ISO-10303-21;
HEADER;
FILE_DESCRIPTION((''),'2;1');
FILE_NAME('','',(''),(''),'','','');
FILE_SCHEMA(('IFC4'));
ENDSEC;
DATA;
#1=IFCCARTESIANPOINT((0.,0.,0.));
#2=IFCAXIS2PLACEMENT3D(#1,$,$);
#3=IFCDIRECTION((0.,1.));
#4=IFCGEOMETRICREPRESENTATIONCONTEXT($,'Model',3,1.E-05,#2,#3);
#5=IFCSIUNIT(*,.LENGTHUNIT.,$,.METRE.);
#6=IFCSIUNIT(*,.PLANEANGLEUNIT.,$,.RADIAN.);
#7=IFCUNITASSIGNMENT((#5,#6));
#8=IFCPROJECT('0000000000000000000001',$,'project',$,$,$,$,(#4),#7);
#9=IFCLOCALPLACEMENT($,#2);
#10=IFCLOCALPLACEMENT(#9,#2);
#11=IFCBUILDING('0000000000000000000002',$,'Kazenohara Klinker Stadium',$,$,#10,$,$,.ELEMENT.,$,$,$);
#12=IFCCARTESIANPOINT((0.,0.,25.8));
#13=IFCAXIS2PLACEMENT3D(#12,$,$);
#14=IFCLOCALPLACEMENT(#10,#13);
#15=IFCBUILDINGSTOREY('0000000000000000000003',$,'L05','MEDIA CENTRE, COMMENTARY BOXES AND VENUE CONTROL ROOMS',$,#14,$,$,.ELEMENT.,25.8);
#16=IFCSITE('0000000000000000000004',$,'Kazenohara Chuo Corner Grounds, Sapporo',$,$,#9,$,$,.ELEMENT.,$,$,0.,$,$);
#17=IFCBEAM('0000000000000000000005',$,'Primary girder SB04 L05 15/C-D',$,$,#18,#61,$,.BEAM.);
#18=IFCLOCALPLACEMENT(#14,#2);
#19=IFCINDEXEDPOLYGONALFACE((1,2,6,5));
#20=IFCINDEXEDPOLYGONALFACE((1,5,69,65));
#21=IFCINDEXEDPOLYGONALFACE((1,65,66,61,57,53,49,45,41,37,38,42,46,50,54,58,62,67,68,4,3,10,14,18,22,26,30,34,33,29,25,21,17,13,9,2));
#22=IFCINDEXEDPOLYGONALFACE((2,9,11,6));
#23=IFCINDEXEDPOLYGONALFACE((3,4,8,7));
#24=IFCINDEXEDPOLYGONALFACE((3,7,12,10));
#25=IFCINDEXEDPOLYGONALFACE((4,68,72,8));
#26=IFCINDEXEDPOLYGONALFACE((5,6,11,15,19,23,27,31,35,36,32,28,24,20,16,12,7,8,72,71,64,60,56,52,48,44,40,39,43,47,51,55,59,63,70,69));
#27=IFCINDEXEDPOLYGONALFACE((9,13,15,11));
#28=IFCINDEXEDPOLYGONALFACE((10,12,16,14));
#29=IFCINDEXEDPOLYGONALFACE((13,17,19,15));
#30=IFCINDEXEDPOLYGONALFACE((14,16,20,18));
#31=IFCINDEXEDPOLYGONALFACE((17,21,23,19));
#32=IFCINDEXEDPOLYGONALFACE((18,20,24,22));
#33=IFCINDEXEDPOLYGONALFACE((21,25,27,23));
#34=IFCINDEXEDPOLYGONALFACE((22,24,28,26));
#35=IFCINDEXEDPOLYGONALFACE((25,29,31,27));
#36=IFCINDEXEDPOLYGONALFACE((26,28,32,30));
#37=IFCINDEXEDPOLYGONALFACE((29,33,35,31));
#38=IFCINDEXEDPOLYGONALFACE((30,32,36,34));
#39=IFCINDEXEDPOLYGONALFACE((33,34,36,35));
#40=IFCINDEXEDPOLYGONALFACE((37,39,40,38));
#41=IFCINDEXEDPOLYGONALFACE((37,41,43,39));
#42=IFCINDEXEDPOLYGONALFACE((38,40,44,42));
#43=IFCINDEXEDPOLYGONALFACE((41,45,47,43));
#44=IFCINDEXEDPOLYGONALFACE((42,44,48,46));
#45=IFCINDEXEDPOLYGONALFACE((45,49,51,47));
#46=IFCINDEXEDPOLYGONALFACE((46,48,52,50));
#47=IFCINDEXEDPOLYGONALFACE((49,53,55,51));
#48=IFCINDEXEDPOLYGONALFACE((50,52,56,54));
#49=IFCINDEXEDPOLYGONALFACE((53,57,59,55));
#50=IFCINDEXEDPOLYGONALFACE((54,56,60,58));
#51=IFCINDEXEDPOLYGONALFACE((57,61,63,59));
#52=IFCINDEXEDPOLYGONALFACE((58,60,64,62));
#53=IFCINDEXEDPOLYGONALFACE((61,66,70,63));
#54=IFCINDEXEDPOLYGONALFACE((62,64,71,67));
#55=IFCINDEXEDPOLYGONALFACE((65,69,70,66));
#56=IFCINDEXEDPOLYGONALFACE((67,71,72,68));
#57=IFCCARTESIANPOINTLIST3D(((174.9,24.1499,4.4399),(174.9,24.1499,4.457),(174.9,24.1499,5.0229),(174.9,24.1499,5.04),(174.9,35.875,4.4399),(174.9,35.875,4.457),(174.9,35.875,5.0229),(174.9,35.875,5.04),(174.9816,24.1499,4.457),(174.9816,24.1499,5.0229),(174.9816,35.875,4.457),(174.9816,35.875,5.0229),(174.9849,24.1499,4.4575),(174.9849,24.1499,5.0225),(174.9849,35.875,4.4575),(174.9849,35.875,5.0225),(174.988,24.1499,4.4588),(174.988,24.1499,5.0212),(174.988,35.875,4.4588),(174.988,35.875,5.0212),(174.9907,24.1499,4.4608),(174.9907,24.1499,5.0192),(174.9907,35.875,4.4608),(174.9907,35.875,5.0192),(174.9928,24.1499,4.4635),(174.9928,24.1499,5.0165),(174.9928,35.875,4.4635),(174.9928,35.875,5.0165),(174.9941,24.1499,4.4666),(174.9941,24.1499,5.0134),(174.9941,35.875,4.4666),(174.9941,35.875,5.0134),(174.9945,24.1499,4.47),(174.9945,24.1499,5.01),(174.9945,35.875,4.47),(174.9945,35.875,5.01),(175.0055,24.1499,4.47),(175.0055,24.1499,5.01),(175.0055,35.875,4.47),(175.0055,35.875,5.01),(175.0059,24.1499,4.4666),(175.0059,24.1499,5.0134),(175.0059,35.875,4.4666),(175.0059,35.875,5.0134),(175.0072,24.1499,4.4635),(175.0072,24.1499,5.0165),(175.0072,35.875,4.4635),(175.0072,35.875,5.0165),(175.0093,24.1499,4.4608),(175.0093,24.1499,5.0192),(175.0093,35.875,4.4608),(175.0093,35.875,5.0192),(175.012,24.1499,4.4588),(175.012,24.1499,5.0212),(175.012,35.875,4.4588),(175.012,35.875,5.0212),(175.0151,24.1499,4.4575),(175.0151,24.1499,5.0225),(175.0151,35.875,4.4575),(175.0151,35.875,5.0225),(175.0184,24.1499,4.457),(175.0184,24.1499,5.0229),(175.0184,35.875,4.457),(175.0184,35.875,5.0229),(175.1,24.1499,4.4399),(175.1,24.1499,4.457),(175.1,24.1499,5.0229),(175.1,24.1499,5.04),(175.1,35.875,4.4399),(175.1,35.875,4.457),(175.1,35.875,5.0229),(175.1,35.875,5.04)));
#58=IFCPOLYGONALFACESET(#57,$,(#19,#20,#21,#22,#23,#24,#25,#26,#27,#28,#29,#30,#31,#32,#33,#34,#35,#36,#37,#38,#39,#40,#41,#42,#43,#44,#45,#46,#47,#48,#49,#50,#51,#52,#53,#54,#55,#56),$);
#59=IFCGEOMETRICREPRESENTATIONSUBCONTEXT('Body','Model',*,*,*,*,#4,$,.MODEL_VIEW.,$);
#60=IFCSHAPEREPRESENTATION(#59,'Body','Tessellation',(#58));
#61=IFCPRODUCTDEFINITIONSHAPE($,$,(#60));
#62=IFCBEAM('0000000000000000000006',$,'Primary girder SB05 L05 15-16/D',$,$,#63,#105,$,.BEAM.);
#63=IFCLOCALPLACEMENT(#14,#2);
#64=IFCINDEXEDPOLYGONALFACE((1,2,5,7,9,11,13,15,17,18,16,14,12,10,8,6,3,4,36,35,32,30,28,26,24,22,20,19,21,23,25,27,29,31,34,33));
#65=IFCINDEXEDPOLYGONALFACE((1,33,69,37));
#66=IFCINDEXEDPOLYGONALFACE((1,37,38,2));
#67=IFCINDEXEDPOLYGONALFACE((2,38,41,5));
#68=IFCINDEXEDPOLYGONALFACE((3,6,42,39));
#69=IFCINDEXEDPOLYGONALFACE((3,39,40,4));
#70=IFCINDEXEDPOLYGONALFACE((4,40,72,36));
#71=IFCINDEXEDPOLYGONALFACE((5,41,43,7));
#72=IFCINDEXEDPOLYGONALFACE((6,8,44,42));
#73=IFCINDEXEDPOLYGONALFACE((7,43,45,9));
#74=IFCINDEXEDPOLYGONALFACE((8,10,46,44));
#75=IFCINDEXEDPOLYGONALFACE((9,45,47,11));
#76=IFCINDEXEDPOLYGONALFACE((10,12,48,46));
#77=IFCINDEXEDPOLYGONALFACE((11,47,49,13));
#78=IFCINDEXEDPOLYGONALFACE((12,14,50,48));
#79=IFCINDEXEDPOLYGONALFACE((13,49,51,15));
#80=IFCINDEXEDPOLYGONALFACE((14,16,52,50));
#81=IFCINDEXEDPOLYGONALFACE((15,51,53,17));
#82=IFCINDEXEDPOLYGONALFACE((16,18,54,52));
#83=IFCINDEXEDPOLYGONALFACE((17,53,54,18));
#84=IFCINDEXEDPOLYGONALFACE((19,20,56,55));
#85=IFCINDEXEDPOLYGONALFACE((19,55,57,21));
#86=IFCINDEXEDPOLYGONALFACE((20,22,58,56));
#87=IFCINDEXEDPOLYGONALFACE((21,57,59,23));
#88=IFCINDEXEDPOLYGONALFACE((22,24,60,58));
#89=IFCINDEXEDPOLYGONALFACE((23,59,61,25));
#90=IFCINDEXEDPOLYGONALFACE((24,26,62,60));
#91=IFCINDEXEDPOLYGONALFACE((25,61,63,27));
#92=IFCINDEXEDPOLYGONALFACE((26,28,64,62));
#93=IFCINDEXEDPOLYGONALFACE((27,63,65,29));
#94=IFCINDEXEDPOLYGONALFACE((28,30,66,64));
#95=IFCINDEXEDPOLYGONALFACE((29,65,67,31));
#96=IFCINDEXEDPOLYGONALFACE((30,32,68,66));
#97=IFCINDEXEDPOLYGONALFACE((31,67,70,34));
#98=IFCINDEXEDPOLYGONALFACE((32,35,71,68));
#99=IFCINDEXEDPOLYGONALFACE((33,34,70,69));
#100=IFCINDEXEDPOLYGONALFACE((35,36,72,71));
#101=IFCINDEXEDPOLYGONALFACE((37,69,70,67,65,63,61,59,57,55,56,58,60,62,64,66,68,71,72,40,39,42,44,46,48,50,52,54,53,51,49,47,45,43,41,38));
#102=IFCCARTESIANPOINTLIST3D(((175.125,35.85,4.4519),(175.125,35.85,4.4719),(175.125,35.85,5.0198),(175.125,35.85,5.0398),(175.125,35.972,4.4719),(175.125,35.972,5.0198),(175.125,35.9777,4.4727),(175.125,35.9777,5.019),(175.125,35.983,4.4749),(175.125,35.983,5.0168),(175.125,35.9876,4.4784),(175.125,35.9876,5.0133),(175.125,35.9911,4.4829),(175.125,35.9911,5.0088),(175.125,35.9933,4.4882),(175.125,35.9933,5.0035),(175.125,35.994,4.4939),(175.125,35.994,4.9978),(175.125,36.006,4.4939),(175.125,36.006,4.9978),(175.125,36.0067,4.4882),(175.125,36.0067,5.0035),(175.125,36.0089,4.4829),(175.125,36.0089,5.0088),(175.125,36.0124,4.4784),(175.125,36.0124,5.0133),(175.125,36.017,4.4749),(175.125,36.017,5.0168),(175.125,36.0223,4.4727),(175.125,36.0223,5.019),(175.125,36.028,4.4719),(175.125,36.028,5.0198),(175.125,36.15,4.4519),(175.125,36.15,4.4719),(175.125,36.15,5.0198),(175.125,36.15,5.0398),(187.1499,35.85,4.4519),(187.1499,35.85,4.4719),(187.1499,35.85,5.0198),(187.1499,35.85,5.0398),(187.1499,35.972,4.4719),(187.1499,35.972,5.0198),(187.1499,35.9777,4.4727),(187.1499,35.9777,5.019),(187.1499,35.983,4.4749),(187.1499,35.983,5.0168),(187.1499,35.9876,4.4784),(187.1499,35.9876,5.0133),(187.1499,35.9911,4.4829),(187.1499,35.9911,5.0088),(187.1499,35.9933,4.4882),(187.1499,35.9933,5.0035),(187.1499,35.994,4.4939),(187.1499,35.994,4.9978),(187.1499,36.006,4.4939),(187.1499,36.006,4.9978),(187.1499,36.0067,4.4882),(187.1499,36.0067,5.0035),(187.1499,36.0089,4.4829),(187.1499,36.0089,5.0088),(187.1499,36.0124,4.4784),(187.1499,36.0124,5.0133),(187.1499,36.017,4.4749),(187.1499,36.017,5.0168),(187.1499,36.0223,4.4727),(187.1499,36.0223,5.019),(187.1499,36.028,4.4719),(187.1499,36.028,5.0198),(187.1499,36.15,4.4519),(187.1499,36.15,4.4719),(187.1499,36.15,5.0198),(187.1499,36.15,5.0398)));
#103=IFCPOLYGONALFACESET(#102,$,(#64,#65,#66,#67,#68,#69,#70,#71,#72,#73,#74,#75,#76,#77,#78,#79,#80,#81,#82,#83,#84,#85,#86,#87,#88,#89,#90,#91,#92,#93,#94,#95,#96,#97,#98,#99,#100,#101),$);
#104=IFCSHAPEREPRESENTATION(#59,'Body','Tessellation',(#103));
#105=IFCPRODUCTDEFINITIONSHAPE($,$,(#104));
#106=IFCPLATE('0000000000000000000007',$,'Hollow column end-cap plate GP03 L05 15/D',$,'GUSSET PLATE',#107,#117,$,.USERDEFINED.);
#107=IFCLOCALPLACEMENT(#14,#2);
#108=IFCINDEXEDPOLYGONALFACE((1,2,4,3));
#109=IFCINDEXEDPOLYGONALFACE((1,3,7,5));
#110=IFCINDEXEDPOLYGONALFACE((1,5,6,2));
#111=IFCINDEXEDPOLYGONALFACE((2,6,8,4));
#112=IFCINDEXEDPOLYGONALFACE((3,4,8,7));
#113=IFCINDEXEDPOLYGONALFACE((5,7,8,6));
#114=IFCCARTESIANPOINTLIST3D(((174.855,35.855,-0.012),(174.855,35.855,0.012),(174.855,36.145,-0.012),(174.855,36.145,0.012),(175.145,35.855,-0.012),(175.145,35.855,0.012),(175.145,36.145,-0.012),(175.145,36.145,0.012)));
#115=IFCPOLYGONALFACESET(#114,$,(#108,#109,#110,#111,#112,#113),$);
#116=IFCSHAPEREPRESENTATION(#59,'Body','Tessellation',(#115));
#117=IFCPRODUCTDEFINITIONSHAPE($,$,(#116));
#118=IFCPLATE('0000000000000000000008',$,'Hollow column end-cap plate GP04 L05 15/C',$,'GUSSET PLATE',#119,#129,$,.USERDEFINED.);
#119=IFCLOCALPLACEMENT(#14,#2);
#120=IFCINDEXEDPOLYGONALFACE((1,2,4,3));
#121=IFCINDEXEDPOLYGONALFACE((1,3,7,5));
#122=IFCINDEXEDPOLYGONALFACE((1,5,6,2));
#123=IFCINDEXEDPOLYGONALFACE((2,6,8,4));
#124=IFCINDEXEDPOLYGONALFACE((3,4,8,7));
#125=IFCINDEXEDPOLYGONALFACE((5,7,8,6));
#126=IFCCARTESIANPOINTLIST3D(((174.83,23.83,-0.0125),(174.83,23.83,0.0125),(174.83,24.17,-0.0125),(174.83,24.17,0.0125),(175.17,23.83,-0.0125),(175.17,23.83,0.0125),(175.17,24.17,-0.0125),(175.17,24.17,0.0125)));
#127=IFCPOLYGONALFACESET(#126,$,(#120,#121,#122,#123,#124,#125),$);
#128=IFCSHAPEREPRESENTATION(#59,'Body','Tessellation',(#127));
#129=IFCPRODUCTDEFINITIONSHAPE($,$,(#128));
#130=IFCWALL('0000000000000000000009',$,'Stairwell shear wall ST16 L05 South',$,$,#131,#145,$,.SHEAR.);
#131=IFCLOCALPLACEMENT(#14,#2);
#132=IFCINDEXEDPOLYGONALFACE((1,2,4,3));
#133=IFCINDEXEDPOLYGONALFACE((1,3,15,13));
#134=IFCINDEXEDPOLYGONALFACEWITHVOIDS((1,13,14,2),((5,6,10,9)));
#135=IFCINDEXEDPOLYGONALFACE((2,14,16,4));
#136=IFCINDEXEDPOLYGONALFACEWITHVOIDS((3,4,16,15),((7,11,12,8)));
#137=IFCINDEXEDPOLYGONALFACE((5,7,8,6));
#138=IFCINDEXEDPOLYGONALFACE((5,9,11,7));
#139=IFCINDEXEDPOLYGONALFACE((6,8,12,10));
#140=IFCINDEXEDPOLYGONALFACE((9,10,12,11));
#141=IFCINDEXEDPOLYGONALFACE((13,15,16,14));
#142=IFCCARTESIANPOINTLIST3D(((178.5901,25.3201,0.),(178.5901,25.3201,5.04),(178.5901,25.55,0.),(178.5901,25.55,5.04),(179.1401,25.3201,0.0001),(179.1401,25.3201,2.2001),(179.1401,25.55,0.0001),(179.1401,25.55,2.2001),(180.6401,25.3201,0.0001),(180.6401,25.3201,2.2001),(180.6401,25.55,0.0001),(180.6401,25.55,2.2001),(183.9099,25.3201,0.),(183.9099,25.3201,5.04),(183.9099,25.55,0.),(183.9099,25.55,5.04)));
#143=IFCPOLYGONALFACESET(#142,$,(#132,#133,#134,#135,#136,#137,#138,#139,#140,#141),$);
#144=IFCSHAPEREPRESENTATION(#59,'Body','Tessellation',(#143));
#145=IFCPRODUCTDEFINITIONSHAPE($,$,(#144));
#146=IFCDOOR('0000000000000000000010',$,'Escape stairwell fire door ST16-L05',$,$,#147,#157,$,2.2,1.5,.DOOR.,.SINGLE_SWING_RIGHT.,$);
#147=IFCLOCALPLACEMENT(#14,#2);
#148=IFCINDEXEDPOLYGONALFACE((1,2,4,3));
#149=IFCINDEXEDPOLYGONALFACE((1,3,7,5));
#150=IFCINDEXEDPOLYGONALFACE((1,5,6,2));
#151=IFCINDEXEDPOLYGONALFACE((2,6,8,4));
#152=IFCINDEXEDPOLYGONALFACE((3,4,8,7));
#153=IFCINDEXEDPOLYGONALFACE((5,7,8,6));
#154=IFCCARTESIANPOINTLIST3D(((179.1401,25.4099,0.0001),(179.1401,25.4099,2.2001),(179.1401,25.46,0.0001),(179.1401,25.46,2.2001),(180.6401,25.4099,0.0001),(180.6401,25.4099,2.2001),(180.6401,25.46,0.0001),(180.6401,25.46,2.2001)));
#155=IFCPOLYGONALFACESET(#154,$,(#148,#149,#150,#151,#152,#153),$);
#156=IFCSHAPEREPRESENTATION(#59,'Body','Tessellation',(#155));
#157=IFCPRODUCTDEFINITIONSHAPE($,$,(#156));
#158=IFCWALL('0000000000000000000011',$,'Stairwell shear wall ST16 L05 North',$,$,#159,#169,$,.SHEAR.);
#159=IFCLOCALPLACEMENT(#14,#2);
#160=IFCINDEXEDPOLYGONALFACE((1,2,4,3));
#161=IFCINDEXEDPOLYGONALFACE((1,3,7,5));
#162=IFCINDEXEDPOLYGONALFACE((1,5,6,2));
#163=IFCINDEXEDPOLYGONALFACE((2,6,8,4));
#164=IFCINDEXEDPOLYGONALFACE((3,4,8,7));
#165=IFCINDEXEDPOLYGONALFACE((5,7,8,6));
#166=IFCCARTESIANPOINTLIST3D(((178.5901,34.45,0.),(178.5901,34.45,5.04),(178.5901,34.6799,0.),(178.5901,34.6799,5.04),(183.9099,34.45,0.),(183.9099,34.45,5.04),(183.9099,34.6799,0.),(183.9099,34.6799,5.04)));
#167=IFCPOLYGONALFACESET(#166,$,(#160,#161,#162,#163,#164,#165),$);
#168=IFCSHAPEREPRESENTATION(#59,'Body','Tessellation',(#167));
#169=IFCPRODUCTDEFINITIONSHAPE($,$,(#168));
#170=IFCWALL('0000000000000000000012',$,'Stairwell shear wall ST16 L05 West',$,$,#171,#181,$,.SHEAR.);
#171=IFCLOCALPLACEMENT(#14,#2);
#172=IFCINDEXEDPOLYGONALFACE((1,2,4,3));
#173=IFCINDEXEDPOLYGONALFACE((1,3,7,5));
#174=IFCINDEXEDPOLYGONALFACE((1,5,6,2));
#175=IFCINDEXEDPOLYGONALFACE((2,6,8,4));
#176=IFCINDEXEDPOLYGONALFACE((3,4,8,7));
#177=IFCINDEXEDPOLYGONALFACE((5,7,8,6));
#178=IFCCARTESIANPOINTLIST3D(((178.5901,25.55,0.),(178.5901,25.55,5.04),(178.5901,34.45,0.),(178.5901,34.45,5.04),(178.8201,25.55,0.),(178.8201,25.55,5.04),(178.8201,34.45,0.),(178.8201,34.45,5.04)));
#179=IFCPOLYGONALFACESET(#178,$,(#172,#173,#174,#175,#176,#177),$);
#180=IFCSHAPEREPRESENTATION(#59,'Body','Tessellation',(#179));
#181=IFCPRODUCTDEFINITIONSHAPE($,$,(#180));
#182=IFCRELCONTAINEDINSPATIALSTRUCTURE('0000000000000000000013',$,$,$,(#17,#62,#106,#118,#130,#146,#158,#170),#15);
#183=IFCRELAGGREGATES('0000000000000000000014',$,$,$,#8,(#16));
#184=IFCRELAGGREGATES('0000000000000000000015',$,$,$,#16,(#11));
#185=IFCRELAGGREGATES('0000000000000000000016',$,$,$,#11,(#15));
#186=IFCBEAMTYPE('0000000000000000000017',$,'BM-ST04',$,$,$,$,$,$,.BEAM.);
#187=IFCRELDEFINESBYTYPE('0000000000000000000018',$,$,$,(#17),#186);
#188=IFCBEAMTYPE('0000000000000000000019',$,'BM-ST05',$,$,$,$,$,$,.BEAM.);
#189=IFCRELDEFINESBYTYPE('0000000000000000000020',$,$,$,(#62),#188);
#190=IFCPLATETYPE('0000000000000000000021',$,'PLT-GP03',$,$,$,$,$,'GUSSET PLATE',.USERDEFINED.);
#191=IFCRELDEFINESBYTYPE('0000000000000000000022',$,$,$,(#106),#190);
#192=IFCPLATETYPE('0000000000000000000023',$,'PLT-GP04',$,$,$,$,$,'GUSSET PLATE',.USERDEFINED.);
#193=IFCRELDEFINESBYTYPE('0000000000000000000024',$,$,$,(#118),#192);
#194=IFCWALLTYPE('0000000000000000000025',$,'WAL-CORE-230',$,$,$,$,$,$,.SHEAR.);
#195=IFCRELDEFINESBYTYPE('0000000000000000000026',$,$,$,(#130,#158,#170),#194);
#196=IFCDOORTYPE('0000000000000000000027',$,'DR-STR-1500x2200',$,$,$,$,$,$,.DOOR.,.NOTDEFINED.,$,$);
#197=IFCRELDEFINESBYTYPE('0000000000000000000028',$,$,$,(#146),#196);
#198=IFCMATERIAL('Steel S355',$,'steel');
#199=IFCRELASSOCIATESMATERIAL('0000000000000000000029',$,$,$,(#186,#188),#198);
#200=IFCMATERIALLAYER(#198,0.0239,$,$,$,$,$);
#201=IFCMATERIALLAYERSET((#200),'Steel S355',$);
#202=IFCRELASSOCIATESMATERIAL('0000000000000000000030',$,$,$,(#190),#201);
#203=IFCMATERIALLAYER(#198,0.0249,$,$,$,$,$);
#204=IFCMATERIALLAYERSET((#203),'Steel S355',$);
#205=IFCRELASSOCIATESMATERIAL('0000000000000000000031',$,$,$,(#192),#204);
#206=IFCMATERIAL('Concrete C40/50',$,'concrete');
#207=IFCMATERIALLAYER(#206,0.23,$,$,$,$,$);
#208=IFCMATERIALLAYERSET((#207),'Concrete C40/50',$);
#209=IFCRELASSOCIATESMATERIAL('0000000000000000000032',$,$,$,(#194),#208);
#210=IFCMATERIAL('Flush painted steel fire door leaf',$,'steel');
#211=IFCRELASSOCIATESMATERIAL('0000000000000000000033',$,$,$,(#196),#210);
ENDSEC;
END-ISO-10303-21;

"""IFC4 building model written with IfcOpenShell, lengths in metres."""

from ifc_helpers import new_model, si_unit, direction, frame, frame_2d, origin, origin_2d, place, context, subcontext, project, spatial, rectangle, i_section, extrude, material, layer, layer_set, material_profile, profile_set, type_object, element, fill, save


model = new_model("IFC4")

# Units and contexts
model_context = context("Model", 3, precision=1e-05, world=origin(), true_north=direction((0.0, 1.0)))
body_context = subcontext(model_context, "Body", "Model", "MODEL_VIEW")
ifc_project = project(units=[si_unit("LENGTHUNIT", "METRE"), si_unit("PLANEANGLEUNIT", "RADIAN")], contexts=[model_context])

# Site, building, storey
site_placement = place(None, origin())
site = spatial("IfcSite", under=ifc_project, at=site_placement, Name="Kazenohara Chuo Corner Grounds, Sapporo", CompositionType="ELEMENT", RefElevation=0.0)
building_placement = place(site_placement, origin())
building = spatial("IfcBuilding", under=site, at=building_placement, Name="Kazenohara Klinker Stadium", CompositionType="ELEMENT")
storey_placement = place(building_placement, frame((0.0, 0.0, 25.8)))
storey = spatial("IfcBuildingStorey", under=building, at=storey_placement, Name="L05", Description="MEDIA CENTRE, COMMENTARY BOXES AND VENUE CONTROL ROOMS", CompositionType="ELEMENT", Elevation=25.8)

# Shared definitions
ifc_material_1 = material(Name="Steel S355", Category="steel")

# Beams
ifc_material_profile_1 = material_profile(ifc_material_1, i_section(OverallWidth=0.2, OverallDepth=0.6001, WebThickness=0.011, FlangeThickness=0.0171, FilletRadius=0.0129, at=origin_2d()), Name="H-600x200x11x17")
ifc_profile_set_1 = profile_set([ifc_material_profile_1], Name="Steel S355")
beam_type_1 = type_object("IfcBeamType", Name="BM-ST04", PredefinedType="BEAM", material=ifc_profile_set_1)
beam_1_placement = place(storey_placement, frame((175.0, 24.1499, 4.74), z_axis=(0.0, 1.0, 0.0), x_axis=(-1.0, 0.0, 0.0)))
element("IfcBeam", 1, at=beam_1_placement, inside=storey, type_object=beam_type_1, Name="Primary girder SB04 L05 15/C-D", PredefinedType="BEAM", context=body_context, shape_type="SweptSolid", body=[
    extrude(i_section(OverallWidth=0.2, OverallDepth=0.6001, WebThickness=0.011, FlangeThickness=0.0171, FilletRadius=0.0129, at=origin_2d()), origin(), (0.0, 0.0, 1.0), 11.7251),
])
ifc_material_profile_2 = material_profile(ifc_material_1, i_section(OverallWidth=0.3, OverallDepth=0.5879, WebThickness=0.012, FlangeThickness=0.02, FilletRadius=0.022, at=origin_2d()), Name="H-588x300x12x20")
ifc_profile_set_2 = profile_set([ifc_material_profile_2], Name="Steel S355")
beam_type_2 = type_object("IfcBeamType", Name="BM-ST05", PredefinedType="BEAM", material=ifc_profile_set_2)
beam_2_placement = place(storey_placement, frame((175.125, 36.0, 4.7458), z_axis=(1.0, 0.0, 0.0), x_axis=(0.0, 1.0, 0.0)))
element("IfcBeam", 2, at=beam_2_placement, inside=storey, type_object=beam_type_2, Name="Primary girder SB05 L05 15-16/D", PredefinedType="BEAM", context=body_context, shape_type="SweptSolid", body=[
    extrude(i_section(OverallWidth=0.3, OverallDepth=0.5879, WebThickness=0.012, FlangeThickness=0.02, FilletRadius=0.022, at=origin_2d()), origin(), (0.0, 0.0, 1.0), 12.0249),
])

# Plates
ifc_layer_1 = layer(ifc_material_1, 0.0239)
ifc_layer_set_1 = layer_set([ifc_layer_1], Name="Steel S355")
plate_type_1 = type_object("IfcPlateType", Name="PLT-GP03", ElementType="GUSSET PLATE", PredefinedType="USERDEFINED", material=ifc_layer_set_1)
plate_1_placement = place(storey_placement, frame((175.0, 36.0, -0.012), z_axis=(0.0, 0.0, 1.0), x_axis=(1.0, 0.0, 0.0)))
element("IfcPlate", 3, at=plate_1_placement, inside=storey, type_object=plate_type_1, Name="Hollow column end-cap plate GP03 L05 15/D", ObjectType="GUSSET PLATE", PredefinedType="USERDEFINED", context=body_context, shape_type="SweptSolid", body=[
    extrude(rectangle(XDim=0.29, YDim=0.29, at=origin_2d()), origin(), (0.0, 0.0, 1.0), 0.0239),
])
ifc_layer_2 = layer(ifc_material_1, 0.0249)
ifc_layer_set_2 = layer_set([ifc_layer_2], Name="Steel S355")
plate_type_2 = type_object("IfcPlateType", Name="PLT-GP04", ElementType="GUSSET PLATE", PredefinedType="USERDEFINED", material=ifc_layer_set_2)
plate_2_placement = place(storey_placement, frame((175.0, 24.0, -0.0125), z_axis=(0.0, 0.0, 1.0), x_axis=(1.0, 0.0, 0.0)))
element("IfcPlate", 4, at=plate_2_placement, inside=storey, type_object=plate_type_2, Name="Hollow column end-cap plate GP04 L05 15/C", ObjectType="GUSSET PLATE", PredefinedType="USERDEFINED", context=body_context, shape_type="SweptSolid", body=[
    extrude(rectangle(XDim=0.3401, YDim=0.3401, at=origin_2d()), origin(), (0.0, 0.0, 1.0), 0.0249),
])

# Wall, opening, door
ifc_material_2 = material(Name="Concrete C40/50", Category="concrete")
ifc_layer_3 = layer(ifc_material_2, 0.23)
ifc_layer_set_3 = layer_set([ifc_layer_3], Name="Concrete C40/50")
wall_type_1 = type_object("IfcWallType", Name="WAL-CORE-230", PredefinedType="SHEAR", material=ifc_layer_set_3)
wall_1_placement = place(storey_placement, frame((178.5901, 25.4351, 0.0), z_axis=(0.0, 0.0, 1.0), x_axis=(1.0, 0.0, 0.0)))
wall_1 = element("IfcWall", 5, at=wall_1_placement, inside=storey, type_object=wall_type_1, Name="Stairwell shear wall ST16 L05 South", PredefinedType="SHEAR", context=body_context, shape_type="SweptSolid", body=[
    extrude(rectangle(XDim=5.3198, YDim=0.23, at=frame_2d((2.6599, 0.0))), origin(), (0.0, 0.0, 1.0), 5.04),
])
opening_1_placement = place(wall_1_placement, frame((0.55, 0.0, 0.0)))
opening_1 = element("IfcOpeningElement", 6, at=opening_1_placement, cuts=wall_1, PredefinedType="OPENING", context=body_context, shape_type="SweptSolid", body=[
    extrude(rectangle(XDim=1.5, YDim=2.2, at=frame_2d((0.75, 1.1001))), frame((0.0, 0.125, 0.0), z_axis=(0.0, -1.0, 0.0), x_axis=(1.0, 0.0, 0.0)), (0.0, 0.0, 1.0), 0.25),
])
ifc_material_3 = material(Name="Flush painted steel fire door leaf", Category="steel")
door_type = type_object("IfcDoorType", Name="DR-STR-1500x2200", OperationType="NOTDEFINED", PredefinedType="DOOR", material=ifc_material_3)
door_placement = place(opening_1_placement, origin())
door = element("IfcDoor", 7, at=door_placement, inside=storey, type_object=door_type, Name="Escape stairwell fire door ST16-L05", OperationType="SINGLE_SWING_RIGHT", OverallHeight=2.2, OverallWidth=1.5, PredefinedType="DOOR", context=body_context, shape_type="SweptSolid", body=[
    extrude(rectangle(XDim=1.5, YDim=2.2, at=frame_2d((0.75, 1.1001))), frame((0.0, 0.0249, 0.0), z_axis=(0.0, -1.0, 0.0), x_axis=(1.0, 0.0, 0.0)), (0.0, 0.0, 1.0), 0.05),
])
fill(opening_1, door)

# Walls
wall_2_placement = place(storey_placement, frame((178.5901, 34.5649, 0.0), z_axis=(0.0, 0.0, 1.0), x_axis=(1.0, 0.0, 0.0)))
element("IfcWall", 8, at=wall_2_placement, inside=storey, type_object=wall_type_1, Name="Stairwell shear wall ST16 L05 North", PredefinedType="SHEAR", context=body_context, shape_type="SweptSolid", body=[
    extrude(rectangle(XDim=5.3198, YDim=0.23, at=frame_2d((2.6599, 0.0))), origin(), (0.0, 0.0, 1.0), 5.04),
])
for number, where, z_axis, x_axis, name in (
    (9, (178.7051, 25.55, 0.0), (0.0, 0.0, 1.0), (0.0, 1.0, 0.0), "Stairwell shear wall ST16 L05 West"),
):
    element("IfcWall", number, at=place(storey_placement, frame(where, z_axis=z_axis, x_axis=x_axis)), inside=storey, type_object=wall_type_1, Name=name, PredefinedType="SHEAR", context=body_context, shape_type="SweptSolid", body=[
        extrude(rectangle(XDim=8.8999, YDim=0.23, at=frame_2d((4.45, 0.0))), origin(), (0.0, 0.0, 1.0), 5.04),
    ])

save(model, "model.ifc")
